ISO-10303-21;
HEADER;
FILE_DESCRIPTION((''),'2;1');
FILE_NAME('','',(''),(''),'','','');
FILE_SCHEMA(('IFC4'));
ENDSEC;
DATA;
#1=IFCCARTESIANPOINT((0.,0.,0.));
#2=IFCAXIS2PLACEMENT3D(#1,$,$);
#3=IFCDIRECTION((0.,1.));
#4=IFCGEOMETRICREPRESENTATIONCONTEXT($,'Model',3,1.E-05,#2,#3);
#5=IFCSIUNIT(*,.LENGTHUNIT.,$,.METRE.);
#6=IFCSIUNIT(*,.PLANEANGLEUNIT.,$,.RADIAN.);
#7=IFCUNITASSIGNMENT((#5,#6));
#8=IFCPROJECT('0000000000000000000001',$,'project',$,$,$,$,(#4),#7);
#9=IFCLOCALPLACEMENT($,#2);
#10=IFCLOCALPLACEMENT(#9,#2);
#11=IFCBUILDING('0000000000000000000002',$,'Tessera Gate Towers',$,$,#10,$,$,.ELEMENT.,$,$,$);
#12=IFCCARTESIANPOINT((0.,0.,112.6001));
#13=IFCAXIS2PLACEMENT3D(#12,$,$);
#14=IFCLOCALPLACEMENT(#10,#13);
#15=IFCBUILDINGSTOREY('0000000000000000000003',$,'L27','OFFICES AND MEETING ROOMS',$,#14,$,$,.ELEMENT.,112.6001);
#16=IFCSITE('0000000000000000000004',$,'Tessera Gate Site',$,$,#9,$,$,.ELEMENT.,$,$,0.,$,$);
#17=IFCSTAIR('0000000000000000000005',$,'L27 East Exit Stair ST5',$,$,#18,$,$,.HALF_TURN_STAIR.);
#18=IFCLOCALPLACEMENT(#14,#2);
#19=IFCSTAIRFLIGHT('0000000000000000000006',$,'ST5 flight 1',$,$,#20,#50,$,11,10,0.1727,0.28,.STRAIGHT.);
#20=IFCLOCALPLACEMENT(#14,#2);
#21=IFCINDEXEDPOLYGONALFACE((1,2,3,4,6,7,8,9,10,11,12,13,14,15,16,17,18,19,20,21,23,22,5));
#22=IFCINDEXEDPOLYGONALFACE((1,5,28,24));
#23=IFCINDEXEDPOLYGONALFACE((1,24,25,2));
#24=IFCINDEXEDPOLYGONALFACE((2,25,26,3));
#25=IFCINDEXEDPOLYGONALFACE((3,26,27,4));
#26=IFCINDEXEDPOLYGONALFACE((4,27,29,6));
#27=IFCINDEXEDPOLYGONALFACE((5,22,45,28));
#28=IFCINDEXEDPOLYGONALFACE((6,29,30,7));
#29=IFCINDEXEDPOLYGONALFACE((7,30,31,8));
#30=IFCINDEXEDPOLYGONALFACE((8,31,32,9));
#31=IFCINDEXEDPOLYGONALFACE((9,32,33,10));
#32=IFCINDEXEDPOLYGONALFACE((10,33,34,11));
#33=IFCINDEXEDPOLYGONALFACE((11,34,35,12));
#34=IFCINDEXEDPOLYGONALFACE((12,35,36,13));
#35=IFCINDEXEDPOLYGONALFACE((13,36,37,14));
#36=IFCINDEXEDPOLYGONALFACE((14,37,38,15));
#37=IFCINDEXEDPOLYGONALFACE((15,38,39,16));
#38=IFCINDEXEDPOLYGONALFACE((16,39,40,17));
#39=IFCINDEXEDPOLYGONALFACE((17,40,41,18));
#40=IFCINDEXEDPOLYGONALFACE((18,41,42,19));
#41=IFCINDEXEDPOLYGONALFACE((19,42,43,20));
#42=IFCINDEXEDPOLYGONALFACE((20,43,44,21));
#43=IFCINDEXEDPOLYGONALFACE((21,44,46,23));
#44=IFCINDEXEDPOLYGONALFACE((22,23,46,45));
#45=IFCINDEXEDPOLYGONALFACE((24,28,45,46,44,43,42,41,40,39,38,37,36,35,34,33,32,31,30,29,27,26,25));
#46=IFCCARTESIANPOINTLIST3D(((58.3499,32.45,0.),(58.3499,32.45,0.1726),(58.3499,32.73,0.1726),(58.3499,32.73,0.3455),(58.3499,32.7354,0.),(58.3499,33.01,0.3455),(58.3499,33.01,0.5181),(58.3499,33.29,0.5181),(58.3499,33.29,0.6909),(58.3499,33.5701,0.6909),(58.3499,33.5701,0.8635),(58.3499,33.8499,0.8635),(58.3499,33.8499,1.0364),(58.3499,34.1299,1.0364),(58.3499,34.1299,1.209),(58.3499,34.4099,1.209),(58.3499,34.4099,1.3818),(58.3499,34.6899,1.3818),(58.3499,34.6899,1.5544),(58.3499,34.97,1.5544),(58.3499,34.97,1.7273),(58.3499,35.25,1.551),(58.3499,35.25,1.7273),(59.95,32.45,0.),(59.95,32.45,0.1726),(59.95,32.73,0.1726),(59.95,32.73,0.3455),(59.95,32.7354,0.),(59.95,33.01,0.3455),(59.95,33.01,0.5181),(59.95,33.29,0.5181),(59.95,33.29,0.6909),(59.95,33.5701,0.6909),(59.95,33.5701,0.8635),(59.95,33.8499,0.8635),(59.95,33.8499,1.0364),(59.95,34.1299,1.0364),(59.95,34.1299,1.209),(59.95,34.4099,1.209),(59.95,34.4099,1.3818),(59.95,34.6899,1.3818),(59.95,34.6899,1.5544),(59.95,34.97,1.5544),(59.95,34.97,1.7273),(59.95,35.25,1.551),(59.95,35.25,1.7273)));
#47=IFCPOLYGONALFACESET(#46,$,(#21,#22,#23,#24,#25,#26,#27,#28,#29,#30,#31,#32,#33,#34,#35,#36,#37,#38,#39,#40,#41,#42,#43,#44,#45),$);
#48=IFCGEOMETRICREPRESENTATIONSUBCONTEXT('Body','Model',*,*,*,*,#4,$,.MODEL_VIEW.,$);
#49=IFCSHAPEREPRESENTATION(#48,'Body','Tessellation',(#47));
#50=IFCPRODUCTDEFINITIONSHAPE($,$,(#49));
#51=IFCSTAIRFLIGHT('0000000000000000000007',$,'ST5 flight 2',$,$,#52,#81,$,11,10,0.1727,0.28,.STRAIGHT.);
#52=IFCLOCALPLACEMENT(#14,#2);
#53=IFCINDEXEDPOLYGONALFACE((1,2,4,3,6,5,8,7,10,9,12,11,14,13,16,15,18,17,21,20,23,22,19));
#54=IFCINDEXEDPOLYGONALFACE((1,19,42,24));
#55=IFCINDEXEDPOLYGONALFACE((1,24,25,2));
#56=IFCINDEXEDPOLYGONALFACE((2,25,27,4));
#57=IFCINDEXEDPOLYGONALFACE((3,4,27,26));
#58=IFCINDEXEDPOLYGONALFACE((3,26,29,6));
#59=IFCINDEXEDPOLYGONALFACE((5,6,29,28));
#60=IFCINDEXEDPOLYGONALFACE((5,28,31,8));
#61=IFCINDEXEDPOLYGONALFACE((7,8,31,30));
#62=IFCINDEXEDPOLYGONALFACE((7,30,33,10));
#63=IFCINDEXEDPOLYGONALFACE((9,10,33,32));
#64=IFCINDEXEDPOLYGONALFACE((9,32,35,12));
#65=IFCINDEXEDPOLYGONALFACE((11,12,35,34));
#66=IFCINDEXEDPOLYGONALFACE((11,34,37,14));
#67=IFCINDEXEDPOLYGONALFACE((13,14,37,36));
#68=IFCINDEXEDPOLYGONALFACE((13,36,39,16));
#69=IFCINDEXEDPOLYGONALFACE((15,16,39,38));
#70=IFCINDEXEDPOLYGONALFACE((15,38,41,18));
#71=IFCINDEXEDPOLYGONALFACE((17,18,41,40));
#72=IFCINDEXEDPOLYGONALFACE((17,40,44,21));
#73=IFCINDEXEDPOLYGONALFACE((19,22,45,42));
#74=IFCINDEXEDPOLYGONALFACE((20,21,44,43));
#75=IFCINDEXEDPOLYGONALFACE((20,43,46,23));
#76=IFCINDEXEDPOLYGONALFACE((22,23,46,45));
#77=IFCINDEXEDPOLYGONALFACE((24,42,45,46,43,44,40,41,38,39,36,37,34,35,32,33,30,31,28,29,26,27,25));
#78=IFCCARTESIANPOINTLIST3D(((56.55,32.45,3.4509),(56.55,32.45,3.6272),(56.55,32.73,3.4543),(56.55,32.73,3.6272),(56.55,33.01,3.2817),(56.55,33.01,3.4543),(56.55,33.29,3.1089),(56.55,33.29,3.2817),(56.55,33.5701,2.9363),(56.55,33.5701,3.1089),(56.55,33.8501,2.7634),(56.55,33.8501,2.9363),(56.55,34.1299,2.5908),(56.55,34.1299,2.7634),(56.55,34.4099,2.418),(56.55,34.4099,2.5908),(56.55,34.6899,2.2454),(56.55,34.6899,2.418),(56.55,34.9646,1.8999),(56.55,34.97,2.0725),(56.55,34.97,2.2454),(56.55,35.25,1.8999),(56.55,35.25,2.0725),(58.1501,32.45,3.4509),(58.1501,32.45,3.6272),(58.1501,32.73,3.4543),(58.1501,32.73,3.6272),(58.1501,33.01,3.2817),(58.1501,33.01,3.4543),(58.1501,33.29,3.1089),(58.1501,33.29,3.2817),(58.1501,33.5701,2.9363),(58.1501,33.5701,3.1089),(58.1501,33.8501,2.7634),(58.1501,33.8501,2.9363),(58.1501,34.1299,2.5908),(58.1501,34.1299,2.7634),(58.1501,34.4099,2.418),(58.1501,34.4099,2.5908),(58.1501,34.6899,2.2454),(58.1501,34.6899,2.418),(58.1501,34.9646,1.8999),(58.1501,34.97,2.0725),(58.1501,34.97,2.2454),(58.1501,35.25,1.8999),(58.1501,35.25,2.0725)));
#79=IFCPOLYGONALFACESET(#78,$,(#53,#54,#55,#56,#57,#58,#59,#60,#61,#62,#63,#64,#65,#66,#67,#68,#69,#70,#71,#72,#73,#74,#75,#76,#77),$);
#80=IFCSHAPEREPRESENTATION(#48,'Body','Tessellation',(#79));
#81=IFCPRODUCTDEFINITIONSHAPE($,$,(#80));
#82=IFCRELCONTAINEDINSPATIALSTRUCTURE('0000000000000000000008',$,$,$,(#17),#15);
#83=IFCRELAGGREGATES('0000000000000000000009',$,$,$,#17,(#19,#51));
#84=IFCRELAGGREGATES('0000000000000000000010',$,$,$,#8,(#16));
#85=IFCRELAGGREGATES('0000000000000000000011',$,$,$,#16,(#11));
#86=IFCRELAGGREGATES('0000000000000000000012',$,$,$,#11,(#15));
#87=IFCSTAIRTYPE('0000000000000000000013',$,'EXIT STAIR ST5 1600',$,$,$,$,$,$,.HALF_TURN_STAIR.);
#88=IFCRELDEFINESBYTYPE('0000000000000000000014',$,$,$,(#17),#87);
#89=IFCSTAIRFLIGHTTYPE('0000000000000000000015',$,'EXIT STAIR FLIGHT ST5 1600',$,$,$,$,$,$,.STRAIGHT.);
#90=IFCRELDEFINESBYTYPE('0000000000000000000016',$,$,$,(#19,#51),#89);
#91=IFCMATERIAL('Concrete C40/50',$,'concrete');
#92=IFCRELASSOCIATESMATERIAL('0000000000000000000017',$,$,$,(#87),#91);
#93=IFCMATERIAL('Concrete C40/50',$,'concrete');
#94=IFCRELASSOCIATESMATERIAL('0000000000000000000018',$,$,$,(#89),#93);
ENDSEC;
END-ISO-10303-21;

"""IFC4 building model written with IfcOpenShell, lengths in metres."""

from ifc_helpers import new_model, si_unit, direction, frame, origin, place, context, subcontext, project, spatial, polyline, outline, extrude, material, type_object, element, aggregate, save


model = new_model("IFC4")

# Units and contexts
model_context = context("Model", 3, precision=1e-05, world=origin(), true_north=direction((0.0, 1.0)))
body_context = subcontext(model_context, "Body", "Model", "MODEL_VIEW")
ifc_project = project(units=[si_unit("LENGTHUNIT", "METRE"), si_unit("PLANEANGLEUNIT", "RADIAN")], contexts=[model_context])

# Site, building, storey
site_placement = place(None, origin())
site = spatial("IfcSite", under=ifc_project, at=site_placement, Name="Tessera Gate Site", CompositionType="ELEMENT", RefElevation=0.0)
building_placement = place(site_placement, origin())
building = spatial("IfcBuilding", under=site, at=building_placement, Name="Tessera Gate Towers", CompositionType="ELEMENT")
storey_placement = place(building_placement, frame((0.0, 0.0, 112.6001)))
storey = spatial("IfcBuildingStorey", under=building, at=storey_placement, Name="L27", Description="OFFICES AND MEETING ROOMS", CompositionType="ELEMENT", Elevation=112.6001)

# Stair, stair flights
ifc_material_1 = material(Name="Concrete C40/50", Category="concrete")
stair_type_1 = type_object("IfcStairType", Name="EXIT STAIR ST5 1600", PredefinedType="HALF_TURN_STAIR", material=ifc_material_1)
stair_1_placement = place(storey_placement, origin())
stair_1 = element("IfcStair", 1, at=stair_1_placement, inside=storey, type_object=stair_type_1, Name="L27 East Exit Stair ST5", PredefinedType="HALF_TURN_STAIR")
ifc_material_2 = material(Name="Concrete C40/50", Category="concrete")
stair_flight_type_1 = type_object("IfcStairFlightType", Name="EXIT STAIR FLIGHT ST5 1600", PredefinedType="STRAIGHT", material=ifc_material_2)
stair_flight_1_placement = place(storey_placement, frame((59.1499, 32.45, 0.0), z_axis=(0.0, 0.0, 1.0), x_axis=(0.0, 1.0, 0.0)))
stair_flight_1 = element("IfcStairFlight", 2, at=stair_flight_1_placement, type_object=stair_flight_type_1, Name="ST5 flight 1", NumberOfRisers=11, NumberOfTreads=10, PredefinedType="STRAIGHT", RiserHeight=0.1727, TreadLength=0.28, context=body_context, shape_type="SweptSolid", body=[
    extrude(outline(polyline([(0.0, 0.0), (0.0, 0.1726), (0.28, 0.1726), (0.28, 0.3455), (0.5601, 0.3455), (0.5601, 0.5181), (0.8401, 0.5181), (0.8401, 0.6909), (1.1201, 0.6909), (1.1201, 0.8635), (1.3999, 0.8635), (1.3999, 1.0364), (1.6799, 1.0364), (1.6799, 1.209), (1.96, 1.209), (1.96, 1.3818), (2.24, 1.3818), (2.24, 1.5544), (2.52, 1.5544), (2.52, 1.7273), (2.8, 1.7273), (2.8, 1.8999), (2.8, 1.551), (0.2854, 0.0), (0.0, 0.0)])), frame((0.0, 0.8, 0.0), z_axis=(0.0, -1.0, 0.0), x_axis=(1.0, 0.0, 0.0)), (0.0, 0.0, 1.0), 1.6001),
])
stair_flight_2_placement = place(storey_placement, frame((57.3501, 35.25, 1.8999), z_axis=(0.0, 0.0, 1.0), x_axis=(0.0, -1.0, 0.0)))
stair_flight_2 = element("IfcStairFlight", 3, at=stair_flight_2_placement, type_object=stair_flight_type_1, Name="ST5 flight 2", NumberOfRisers=11, NumberOfTreads=10, PredefinedType="STRAIGHT", RiserHeight=0.1727, TreadLength=0.28, context=body_context, shape_type="SweptSolid", body=[
    extrude(outline(polyline([(0.0, 0.0), (0.0, 0.1726), (0.28, 0.1726), (0.28, 0.3455), (0.5601, 0.3455), (0.5601, 0.5181), (0.8401, 0.5181), (0.8401, 0.6909), (1.1201, 0.6909), (1.1201, 0.8635), (1.3999, 0.8635), (1.3999, 1.0364), (1.6799, 1.0364), (1.6799, 1.209), (1.96, 1.209), (1.96, 1.3818), (2.24, 1.3818), (2.24, 1.5544), (2.52, 1.5544), (2.52, 1.7273), (2.8, 1.7273), (2.8, 1.8999), (2.8, 1.551), (0.2854, 0.0), (0.0, 0.0)])), frame((0.0, 0.8, 0.0), z_axis=(0.0, -1.0, 0.0), x_axis=(1.0, 0.0, 0.0)), (0.0, 0.0, 1.0), 1.6001),
])
aggregate(stair_1, [stair_flight_1, stair_flight_2])

save(model, "model.ifc")
